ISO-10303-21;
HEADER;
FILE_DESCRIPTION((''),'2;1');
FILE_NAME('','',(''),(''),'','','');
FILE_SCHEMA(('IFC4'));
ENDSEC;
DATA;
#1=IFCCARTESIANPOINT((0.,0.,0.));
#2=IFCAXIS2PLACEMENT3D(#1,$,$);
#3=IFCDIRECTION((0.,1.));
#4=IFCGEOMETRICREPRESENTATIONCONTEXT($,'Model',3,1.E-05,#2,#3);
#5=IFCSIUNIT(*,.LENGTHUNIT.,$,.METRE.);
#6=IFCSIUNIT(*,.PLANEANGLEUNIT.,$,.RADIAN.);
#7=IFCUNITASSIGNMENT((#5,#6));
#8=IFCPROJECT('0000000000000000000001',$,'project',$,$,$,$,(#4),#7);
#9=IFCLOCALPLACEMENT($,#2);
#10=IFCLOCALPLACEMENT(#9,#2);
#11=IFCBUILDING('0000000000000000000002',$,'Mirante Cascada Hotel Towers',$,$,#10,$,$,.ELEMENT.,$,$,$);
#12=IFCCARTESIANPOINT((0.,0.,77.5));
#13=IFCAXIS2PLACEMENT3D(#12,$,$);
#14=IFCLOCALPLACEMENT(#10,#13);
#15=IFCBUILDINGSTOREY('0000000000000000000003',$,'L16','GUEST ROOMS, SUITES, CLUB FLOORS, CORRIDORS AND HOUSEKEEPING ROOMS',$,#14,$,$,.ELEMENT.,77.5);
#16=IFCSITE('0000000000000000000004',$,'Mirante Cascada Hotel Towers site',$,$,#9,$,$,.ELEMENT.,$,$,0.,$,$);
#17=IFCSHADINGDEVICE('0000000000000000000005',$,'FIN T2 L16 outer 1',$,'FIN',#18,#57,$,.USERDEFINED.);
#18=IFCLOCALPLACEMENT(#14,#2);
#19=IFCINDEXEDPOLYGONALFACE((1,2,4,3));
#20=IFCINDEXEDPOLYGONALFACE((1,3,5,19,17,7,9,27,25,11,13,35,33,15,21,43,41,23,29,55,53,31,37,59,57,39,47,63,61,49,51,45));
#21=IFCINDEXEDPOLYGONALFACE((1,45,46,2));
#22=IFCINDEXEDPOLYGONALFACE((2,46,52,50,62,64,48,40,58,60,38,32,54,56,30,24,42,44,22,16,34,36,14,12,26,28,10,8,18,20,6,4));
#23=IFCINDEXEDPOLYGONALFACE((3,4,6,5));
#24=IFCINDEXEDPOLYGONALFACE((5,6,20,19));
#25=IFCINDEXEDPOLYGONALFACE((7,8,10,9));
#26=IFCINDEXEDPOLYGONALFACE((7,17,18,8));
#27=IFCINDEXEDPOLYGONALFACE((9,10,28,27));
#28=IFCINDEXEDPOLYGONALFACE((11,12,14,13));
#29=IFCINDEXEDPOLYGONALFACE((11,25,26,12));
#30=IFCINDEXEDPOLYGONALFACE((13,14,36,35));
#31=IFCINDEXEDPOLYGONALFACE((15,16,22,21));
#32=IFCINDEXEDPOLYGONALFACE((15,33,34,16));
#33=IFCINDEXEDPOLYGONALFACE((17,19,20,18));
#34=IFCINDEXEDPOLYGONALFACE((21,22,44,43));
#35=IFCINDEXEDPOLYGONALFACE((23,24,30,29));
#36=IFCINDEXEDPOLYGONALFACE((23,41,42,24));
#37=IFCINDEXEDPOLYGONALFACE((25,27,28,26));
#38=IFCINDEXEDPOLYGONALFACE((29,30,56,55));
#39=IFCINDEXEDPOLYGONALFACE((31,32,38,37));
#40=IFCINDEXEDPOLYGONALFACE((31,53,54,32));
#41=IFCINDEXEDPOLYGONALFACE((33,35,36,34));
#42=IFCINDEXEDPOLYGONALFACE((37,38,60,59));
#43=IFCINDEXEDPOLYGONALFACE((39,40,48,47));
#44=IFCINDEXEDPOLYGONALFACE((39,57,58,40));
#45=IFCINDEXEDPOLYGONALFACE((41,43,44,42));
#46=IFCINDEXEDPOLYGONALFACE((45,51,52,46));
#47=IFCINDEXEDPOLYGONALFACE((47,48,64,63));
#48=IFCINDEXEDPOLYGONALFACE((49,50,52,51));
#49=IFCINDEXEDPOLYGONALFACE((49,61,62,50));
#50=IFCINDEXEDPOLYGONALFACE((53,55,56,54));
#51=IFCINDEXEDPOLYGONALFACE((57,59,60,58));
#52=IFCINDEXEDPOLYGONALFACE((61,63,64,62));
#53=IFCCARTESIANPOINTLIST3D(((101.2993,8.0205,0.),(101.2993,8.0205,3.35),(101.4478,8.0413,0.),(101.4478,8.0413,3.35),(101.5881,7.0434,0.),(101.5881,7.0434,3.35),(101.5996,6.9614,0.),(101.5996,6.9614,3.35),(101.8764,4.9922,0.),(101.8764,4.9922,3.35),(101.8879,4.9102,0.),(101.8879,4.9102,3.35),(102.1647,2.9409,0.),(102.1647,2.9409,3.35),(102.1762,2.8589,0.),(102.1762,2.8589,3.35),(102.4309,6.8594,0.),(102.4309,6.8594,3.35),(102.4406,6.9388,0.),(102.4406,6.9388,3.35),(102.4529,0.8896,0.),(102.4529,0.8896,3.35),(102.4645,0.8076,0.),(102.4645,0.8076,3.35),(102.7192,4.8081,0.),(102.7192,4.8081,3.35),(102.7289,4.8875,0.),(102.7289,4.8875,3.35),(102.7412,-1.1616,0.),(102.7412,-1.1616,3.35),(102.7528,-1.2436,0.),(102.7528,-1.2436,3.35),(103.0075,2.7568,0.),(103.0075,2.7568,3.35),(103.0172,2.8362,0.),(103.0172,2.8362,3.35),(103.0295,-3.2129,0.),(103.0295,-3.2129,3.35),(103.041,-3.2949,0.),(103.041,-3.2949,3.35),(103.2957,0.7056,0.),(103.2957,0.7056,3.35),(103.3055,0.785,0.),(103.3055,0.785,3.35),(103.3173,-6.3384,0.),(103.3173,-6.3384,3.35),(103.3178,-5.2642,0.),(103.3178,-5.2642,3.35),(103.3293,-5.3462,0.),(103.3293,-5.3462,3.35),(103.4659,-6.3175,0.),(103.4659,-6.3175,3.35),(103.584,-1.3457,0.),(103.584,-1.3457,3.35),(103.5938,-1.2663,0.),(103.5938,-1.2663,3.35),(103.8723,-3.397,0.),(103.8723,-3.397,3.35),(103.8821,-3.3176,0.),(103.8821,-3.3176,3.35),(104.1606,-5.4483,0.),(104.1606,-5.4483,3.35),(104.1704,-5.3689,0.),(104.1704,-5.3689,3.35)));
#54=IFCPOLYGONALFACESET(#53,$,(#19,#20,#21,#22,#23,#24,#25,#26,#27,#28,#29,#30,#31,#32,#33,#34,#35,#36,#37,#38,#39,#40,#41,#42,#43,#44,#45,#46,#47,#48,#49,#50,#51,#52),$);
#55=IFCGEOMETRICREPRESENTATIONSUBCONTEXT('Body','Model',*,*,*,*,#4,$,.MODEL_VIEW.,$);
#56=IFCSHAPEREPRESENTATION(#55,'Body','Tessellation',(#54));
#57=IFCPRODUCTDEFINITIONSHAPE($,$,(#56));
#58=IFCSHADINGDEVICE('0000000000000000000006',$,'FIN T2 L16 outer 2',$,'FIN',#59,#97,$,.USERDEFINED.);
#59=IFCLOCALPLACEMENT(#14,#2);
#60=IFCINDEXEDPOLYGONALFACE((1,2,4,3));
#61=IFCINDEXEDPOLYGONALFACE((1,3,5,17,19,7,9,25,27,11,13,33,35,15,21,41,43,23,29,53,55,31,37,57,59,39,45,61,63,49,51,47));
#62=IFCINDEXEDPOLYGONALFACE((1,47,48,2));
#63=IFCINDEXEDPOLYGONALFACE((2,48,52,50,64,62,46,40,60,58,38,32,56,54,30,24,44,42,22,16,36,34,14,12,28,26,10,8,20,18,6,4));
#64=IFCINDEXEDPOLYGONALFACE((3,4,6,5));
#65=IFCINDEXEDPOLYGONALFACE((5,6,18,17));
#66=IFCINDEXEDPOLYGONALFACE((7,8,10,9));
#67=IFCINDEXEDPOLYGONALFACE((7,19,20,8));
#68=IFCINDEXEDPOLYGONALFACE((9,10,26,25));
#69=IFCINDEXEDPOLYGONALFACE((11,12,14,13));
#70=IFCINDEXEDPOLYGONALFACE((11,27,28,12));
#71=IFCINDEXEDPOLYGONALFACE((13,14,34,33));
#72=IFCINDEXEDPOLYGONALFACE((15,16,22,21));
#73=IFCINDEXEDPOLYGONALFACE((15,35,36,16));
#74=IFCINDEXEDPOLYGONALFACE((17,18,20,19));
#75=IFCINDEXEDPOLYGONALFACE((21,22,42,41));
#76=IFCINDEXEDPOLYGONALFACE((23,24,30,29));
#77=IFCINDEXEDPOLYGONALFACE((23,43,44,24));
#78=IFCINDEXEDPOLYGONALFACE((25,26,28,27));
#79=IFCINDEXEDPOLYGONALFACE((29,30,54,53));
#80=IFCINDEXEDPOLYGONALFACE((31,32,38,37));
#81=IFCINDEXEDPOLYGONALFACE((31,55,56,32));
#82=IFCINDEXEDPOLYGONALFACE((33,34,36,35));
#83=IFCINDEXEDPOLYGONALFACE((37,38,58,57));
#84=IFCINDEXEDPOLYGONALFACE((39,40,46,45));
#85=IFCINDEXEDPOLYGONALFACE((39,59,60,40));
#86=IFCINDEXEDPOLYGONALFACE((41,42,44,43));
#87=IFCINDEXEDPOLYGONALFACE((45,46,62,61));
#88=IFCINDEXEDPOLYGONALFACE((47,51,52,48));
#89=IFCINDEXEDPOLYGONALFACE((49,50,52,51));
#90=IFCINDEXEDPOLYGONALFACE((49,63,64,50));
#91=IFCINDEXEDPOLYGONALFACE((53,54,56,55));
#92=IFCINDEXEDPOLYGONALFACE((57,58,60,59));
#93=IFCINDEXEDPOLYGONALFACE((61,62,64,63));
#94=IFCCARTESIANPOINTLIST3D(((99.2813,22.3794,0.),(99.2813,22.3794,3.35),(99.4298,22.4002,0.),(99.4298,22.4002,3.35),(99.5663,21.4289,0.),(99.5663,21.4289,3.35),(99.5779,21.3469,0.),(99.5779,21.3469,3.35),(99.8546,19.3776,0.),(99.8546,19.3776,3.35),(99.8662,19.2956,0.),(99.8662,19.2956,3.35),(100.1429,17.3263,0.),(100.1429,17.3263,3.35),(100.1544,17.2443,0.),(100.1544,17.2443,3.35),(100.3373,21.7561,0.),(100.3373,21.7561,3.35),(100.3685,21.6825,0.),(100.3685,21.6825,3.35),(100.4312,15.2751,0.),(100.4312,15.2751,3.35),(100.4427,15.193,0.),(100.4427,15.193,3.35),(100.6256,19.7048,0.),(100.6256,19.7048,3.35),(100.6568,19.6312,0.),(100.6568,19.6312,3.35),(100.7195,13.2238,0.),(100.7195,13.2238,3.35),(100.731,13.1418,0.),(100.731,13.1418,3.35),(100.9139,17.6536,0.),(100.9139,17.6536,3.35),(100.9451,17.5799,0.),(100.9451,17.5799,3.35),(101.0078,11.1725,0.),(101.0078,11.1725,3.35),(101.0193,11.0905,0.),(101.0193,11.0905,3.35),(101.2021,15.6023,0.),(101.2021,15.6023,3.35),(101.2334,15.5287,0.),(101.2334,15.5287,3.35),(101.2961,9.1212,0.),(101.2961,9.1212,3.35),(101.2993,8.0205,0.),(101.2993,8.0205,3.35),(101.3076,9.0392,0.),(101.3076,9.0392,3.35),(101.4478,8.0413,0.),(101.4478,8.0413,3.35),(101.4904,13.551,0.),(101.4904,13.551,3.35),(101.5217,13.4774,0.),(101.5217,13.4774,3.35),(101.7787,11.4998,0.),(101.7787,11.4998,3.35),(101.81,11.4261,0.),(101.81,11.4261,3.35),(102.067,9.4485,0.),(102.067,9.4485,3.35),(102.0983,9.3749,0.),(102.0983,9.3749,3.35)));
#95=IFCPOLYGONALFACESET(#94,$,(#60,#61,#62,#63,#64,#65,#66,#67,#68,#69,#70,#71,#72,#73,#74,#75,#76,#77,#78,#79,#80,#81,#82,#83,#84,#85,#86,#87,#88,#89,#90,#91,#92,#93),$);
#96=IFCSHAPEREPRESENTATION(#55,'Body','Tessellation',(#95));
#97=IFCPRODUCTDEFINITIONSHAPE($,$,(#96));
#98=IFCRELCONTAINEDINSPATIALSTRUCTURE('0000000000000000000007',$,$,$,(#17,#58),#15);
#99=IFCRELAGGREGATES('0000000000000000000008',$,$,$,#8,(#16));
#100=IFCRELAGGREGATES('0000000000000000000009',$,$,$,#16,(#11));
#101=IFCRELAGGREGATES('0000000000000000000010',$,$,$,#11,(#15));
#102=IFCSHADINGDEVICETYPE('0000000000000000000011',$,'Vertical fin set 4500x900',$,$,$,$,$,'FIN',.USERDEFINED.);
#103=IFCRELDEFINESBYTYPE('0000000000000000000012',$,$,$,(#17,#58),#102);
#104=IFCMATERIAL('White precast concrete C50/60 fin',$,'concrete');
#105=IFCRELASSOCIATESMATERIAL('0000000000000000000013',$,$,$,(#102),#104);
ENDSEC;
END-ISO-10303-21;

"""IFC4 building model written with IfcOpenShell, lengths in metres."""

from ifc_helpers import new_model, si_unit, direction, frame, origin, place, context, subcontext, project, spatial, polyline, outline, extrude, material, type_object, element, save


model = new_model("IFC4")

# Units and contexts
model_context = context("Model", 3, precision=1e-05, world=origin(), true_north=direction((0.0, 1.0)))
body_context = subcontext(model_context, "Body", "Model", "MODEL_VIEW")
ifc_project = project(units=[si_unit("LENGTHUNIT", "METRE"), si_unit("PLANEANGLEUNIT", "RADIAN")], contexts=[model_context])

# Site, building, storey
site_placement = place(None, origin())
site = spatial("IfcSite", under=ifc_project, at=site_placement, Name="Mirante Cascada Hotel Towers site", CompositionType="ELEMENT", RefElevation=0.0)
building_placement = place(site_placement, origin())
building = spatial("IfcBuilding", under=site, at=building_placement, Name="Mirante Cascada Hotel Towers", CompositionType="ELEMENT")
storey_placement = place(building_placement, frame((0.0, 0.0, 77.5)))
storey = spatial("IfcBuildingStorey", under=building, at=storey_placement, Name="L16", Description="GUEST ROOMS, SUITES, CLUB FLOORS, CORRIDORS AND HOUSEKEEPING ROOMS", CompositionType="ELEMENT", Elevation=77.5)

# Shading devices
ifc_material_1 = material(Name="White precast concrete C50/60 fin", Category="concrete")
shading_device_type = type_object("IfcShadingDeviceType", Name="Vertical fin set 4500x900", ElementType="FIN", PredefinedType="USERDEFINED", material=ifc_material_1)
shading_device_1_placement = place(storey_placement, origin())
element("IfcShadingDevice", 1, at=shading_device_1_placement, inside=storey, type_object=shading_device_type, Name="FIN T2 L16 outer 1", ObjectType="FIN", PredefinedType="USERDEFINED", context=body_context, shape_type="SweptSolid", body=[
    extrude(outline(polyline([(104.1606, -5.4483), (103.3293, -5.3462), (103.4659, -6.3175), (103.3173, -6.3384), (101.2993, 8.0205), (101.4478, 8.0413), (101.5881, 7.0434), (102.4406, 6.9388), (102.4309, 6.8594), (101.5996, 6.9614), (101.8764, 4.9922), (102.7289, 4.8875), (102.7192, 4.8081), (101.8879, 4.9102), (102.1647, 2.9409), (103.0172, 2.8362), (103.0075, 2.7568), (102.1762, 2.8589), (102.4529, 0.8896), (103.3055, 0.785), (103.2957, 0.7056), (102.4645, 0.8076), (102.7412, -1.1616), (103.5938, -1.2663), (103.584, -1.3457), (102.7528, -1.2436), (103.0295, -3.2129), (103.8821, -3.3176), (103.8723, -3.397), (103.041, -3.2949), (103.3178, -5.2642), (104.1704, -5.3689), (104.1606, -5.4483)])), origin(), (0.0, 0.0, 1.0), 3.35),
])
shading_device_2_placement = place(storey_placement, origin())
element("IfcShadingDevice", 2, at=shading_device_2_placement, inside=storey, type_object=shading_device_type, Name="FIN T2 L16 outer 2", ObjectType="FIN", PredefinedType="USERDEFINED", context=body_context, shape_type="SweptSolid", body=[
    extrude(outline(polyline([(102.0983, 9.3749), (101.3076, 9.0392), (101.4478, 8.0413), (101.2993, 8.0205), (99.2813, 22.3794), (99.4298, 22.4002), (99.5663, 21.4289), (100.3373, 21.7561), (100.3685, 21.6825), (99.5779, 21.3469), (99.8546, 19.3776), (100.6256, 19.7048), (100.6568, 19.6312), (99.8662, 19.2956), (100.1429, 17.3263), (100.9139, 17.6536), (100.9451, 17.5799), (100.1544, 17.2443), (100.4312, 15.2751), (101.2021, 15.6023), (101.2334, 15.5287), (100.4427, 15.193), (100.7195, 13.2238), (101.4904, 13.551), (101.5217, 13.4774), (100.731, 13.1418), (101.0078, 11.1725), (101.7787, 11.4998), (101.81, 11.4261), (101.0193, 11.0905), (101.2961, 9.1212), (102.067, 9.4485), (102.0983, 9.3749)])), origin(), (0.0, 0.0, 1.0), 3.35),
])

save(model, "model.ifc")
